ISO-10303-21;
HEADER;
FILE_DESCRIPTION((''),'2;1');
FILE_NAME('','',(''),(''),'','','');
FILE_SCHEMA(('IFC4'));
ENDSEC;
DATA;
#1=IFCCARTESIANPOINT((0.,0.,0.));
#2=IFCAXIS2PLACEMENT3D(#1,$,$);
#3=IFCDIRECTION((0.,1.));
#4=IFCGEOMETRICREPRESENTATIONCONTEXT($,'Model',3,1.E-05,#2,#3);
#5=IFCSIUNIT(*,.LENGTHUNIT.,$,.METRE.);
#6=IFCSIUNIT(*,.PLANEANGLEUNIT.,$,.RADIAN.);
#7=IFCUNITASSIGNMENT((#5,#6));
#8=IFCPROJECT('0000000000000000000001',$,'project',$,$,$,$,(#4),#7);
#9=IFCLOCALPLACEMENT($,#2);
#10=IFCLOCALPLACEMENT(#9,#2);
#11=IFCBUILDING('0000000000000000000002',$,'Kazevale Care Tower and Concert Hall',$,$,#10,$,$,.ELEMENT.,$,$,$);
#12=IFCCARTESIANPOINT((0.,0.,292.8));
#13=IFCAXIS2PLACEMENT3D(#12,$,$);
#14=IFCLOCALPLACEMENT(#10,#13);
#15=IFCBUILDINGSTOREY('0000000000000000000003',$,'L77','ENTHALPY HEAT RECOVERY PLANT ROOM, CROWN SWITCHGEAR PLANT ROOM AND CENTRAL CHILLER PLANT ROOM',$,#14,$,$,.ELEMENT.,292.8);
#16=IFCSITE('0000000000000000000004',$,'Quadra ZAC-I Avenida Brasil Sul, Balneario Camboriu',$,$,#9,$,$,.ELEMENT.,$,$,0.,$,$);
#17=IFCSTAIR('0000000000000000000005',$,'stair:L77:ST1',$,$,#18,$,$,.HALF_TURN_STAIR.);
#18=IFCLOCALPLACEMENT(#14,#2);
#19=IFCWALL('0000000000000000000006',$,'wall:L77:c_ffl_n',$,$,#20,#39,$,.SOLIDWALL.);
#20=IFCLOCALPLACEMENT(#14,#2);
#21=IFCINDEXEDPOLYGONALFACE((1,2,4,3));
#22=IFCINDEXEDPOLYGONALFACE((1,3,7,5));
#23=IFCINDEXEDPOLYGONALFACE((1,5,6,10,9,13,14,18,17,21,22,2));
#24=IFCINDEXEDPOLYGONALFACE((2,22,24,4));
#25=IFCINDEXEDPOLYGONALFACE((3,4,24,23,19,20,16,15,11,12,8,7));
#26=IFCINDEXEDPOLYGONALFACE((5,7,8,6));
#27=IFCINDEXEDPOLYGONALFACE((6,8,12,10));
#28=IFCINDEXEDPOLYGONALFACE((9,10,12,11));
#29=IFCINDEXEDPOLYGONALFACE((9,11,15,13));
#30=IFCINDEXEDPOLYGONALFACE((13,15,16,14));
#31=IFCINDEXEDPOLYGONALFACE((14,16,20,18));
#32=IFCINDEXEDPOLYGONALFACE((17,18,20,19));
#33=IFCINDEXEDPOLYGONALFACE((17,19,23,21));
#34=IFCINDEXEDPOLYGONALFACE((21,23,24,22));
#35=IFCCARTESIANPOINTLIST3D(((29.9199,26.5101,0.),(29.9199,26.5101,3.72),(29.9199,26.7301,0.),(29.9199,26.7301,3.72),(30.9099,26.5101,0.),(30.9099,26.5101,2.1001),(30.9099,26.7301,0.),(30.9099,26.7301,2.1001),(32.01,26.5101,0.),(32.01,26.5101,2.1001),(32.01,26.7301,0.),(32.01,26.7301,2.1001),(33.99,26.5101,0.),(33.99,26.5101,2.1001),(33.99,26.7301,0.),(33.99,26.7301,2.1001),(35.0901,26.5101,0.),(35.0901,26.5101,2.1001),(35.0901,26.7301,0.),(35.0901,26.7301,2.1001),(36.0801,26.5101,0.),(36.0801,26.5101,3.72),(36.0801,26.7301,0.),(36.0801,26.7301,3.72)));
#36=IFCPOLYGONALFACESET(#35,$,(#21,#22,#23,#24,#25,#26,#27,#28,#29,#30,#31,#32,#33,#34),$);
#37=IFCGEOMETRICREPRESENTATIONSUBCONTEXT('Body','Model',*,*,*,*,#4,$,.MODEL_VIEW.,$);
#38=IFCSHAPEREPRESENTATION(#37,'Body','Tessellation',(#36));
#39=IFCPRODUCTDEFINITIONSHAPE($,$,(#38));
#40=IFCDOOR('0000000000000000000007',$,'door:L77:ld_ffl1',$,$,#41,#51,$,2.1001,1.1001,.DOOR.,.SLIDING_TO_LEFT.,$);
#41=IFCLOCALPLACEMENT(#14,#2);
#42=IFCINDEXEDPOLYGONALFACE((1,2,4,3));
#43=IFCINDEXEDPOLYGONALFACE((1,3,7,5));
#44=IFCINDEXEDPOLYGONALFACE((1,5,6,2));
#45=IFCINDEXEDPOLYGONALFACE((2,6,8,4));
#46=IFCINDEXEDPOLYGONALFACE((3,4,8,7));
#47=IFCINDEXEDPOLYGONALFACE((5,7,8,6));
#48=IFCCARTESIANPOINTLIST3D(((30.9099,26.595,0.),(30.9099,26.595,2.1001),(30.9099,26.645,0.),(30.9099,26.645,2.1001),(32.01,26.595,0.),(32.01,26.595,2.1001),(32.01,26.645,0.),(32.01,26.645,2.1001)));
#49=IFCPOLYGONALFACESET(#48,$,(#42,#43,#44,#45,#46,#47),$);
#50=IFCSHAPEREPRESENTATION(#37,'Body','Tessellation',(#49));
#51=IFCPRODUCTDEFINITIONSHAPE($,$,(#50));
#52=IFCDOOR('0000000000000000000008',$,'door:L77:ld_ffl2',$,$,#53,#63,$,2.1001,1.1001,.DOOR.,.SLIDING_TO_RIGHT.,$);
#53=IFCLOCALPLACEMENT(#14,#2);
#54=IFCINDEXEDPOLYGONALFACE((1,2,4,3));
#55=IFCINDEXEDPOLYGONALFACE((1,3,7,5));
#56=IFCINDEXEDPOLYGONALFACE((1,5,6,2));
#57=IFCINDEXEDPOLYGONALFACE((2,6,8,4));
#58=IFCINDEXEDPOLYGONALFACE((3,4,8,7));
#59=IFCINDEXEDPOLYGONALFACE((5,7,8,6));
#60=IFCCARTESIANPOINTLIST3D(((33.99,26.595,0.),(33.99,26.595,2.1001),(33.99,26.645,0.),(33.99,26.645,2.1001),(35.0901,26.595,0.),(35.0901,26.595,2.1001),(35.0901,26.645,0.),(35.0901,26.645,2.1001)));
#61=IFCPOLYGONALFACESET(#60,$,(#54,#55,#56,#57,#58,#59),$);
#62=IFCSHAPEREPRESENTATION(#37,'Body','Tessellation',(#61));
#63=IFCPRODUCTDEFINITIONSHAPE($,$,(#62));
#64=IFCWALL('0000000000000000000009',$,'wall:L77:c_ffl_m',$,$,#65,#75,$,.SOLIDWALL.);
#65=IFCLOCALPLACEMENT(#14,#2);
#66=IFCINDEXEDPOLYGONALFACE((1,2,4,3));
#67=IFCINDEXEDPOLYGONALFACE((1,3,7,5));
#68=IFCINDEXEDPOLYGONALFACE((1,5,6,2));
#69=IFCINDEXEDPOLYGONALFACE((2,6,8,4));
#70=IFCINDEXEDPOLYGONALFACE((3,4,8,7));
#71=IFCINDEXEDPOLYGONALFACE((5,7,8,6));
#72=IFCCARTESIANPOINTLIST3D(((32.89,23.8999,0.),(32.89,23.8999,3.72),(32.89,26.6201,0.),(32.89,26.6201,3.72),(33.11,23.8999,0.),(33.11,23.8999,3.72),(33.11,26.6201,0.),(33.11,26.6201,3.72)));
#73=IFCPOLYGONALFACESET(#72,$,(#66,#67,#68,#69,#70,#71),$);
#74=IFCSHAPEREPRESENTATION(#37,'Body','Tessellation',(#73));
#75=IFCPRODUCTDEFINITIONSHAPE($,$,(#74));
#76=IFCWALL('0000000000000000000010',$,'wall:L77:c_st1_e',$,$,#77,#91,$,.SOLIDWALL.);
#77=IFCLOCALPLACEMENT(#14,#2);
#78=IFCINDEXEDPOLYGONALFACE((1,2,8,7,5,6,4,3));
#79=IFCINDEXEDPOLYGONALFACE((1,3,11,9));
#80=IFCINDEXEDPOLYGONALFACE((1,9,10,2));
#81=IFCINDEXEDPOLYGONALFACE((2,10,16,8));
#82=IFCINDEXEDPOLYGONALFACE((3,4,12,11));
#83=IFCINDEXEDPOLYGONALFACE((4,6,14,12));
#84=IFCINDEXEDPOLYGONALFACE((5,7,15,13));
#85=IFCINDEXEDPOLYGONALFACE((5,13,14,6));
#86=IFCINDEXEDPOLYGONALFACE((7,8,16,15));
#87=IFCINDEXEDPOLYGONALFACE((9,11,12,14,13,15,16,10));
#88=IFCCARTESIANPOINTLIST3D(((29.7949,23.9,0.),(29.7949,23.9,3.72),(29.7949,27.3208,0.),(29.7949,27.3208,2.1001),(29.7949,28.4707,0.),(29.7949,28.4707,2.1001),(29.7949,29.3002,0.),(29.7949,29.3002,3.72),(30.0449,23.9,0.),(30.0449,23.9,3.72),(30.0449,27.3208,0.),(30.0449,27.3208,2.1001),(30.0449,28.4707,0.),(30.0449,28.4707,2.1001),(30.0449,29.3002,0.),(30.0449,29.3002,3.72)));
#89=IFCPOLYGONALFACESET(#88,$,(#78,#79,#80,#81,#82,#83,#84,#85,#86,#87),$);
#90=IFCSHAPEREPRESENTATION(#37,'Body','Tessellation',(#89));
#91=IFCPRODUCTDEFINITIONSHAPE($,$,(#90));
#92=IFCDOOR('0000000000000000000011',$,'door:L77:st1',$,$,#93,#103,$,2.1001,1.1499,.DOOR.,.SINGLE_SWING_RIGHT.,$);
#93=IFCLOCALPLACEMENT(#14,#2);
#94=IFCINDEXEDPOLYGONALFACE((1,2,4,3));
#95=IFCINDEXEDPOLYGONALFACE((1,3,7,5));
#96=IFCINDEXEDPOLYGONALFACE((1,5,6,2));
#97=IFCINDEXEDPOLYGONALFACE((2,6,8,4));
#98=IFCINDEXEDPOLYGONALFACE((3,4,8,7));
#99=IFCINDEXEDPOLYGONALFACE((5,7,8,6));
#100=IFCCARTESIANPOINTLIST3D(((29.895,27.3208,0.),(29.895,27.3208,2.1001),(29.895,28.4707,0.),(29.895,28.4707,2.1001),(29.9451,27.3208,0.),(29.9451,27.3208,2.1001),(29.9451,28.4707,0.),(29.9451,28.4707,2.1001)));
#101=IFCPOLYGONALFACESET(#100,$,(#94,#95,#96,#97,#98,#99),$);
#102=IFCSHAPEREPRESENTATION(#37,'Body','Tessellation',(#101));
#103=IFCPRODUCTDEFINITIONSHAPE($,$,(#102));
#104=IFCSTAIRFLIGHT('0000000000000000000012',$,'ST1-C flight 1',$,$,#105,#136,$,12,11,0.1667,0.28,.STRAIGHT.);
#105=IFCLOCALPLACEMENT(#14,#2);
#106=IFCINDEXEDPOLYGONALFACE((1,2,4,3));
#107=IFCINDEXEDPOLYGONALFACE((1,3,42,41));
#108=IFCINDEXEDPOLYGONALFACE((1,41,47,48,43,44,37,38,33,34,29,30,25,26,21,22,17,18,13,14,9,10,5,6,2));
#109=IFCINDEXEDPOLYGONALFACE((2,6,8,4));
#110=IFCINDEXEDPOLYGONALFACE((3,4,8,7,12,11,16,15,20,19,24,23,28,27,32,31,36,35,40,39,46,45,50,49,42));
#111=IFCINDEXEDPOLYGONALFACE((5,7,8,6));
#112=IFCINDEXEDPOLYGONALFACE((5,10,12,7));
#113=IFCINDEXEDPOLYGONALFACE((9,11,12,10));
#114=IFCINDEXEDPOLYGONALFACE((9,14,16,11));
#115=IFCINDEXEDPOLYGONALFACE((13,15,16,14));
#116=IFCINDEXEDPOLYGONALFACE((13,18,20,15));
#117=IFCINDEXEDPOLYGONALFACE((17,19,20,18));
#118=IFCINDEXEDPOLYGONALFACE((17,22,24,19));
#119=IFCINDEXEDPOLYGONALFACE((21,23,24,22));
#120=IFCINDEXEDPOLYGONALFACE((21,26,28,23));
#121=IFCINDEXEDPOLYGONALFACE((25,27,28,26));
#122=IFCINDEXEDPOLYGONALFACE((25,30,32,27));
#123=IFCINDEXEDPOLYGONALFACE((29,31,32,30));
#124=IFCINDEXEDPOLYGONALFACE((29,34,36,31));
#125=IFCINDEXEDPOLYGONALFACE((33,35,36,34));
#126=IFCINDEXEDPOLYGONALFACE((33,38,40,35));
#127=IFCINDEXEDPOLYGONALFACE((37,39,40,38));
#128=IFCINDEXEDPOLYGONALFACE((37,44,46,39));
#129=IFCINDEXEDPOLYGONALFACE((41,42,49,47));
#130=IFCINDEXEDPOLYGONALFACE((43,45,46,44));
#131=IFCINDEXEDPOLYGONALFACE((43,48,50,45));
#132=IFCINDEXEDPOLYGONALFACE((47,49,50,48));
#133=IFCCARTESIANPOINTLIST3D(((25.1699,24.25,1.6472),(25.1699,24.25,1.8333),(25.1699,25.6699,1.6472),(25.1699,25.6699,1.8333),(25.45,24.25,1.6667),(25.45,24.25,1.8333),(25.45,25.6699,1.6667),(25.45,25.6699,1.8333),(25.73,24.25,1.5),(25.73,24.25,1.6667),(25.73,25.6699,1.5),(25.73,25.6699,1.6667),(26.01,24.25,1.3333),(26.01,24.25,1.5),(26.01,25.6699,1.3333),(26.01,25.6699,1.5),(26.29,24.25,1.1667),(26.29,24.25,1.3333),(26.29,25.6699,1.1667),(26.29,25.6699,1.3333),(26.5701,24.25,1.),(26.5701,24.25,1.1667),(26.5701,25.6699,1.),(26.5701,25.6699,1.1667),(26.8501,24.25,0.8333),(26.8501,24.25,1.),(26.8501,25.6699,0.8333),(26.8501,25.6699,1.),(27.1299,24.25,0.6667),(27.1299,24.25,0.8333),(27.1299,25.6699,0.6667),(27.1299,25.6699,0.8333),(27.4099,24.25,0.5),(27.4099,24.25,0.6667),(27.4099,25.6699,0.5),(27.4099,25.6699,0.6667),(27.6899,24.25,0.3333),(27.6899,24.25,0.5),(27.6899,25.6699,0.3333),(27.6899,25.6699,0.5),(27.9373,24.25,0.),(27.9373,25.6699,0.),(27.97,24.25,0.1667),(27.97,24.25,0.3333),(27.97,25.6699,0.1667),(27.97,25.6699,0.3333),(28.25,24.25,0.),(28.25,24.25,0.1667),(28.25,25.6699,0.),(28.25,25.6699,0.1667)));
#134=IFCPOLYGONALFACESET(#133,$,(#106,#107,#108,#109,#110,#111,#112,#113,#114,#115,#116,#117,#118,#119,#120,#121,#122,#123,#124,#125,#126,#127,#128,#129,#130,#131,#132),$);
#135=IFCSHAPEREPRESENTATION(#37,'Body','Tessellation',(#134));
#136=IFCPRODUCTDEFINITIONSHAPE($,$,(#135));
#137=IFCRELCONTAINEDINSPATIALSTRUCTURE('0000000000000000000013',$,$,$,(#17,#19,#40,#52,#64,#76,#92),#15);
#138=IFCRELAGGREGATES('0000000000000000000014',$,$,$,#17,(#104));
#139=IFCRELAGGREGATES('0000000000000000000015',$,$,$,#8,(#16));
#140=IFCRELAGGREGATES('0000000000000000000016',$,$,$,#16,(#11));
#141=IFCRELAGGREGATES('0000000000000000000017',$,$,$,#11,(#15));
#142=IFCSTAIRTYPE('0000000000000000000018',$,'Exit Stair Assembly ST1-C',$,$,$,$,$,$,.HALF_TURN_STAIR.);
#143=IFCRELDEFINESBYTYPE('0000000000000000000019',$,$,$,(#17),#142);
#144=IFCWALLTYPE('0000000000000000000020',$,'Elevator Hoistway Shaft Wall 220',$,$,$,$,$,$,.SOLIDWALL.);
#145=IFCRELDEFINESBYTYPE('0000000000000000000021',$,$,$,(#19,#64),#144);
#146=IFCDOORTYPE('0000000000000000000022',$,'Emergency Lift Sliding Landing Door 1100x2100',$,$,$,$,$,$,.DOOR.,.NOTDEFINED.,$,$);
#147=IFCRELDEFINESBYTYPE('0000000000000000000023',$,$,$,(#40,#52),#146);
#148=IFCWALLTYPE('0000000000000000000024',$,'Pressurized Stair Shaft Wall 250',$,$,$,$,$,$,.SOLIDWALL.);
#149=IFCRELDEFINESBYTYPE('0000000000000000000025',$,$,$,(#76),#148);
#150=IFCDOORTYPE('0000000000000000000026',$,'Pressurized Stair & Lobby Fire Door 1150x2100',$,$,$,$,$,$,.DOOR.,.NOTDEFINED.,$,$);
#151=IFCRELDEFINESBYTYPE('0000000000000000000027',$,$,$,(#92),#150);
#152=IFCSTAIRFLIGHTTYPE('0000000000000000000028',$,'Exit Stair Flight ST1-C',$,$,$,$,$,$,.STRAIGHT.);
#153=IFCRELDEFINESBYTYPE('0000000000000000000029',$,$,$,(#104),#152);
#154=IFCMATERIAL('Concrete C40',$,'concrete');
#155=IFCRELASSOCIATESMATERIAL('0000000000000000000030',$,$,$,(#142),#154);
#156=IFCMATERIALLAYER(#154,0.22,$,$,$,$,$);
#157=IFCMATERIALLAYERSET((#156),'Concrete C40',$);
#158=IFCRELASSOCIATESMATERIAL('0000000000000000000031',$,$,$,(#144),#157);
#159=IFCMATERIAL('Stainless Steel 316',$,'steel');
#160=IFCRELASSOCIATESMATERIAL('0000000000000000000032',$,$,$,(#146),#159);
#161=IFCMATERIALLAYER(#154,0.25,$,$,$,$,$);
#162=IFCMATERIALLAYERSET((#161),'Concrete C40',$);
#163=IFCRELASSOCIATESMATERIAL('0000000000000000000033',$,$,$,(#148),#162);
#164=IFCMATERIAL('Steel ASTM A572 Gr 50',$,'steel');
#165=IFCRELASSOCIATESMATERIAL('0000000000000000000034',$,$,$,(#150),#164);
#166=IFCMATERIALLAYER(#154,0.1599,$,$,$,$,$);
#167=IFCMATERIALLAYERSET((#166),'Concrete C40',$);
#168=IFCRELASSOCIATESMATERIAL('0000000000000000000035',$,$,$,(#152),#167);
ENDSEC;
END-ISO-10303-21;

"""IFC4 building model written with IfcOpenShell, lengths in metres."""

from ifc_helpers import new_model, si_unit, direction, frame, frame_2d, origin, place, context, subcontext, project, spatial, polyline, rectangle, outline, extrude, material, layer, layer_set, type_object, element, fill, aggregate, save


model = new_model("IFC4")

# Units and contexts
model_context = context("Model", 3, precision=1e-05, world=origin(), true_north=direction((0.0, 1.0)))
body_context = subcontext(model_context, "Body", "Model", "MODEL_VIEW")
ifc_project = project(units=[si_unit("LENGTHUNIT", "METRE"), si_unit("PLANEANGLEUNIT", "RADIAN")], contexts=[model_context])

# Site, building, storey
site_placement = place(None, origin())
site = spatial("IfcSite", under=ifc_project, at=site_placement, Name="Quadra ZAC-I Avenida Brasil Sul, Balneario Camboriu", CompositionType="ELEMENT", RefElevation=0.0)
building_placement = place(site_placement, origin())
building = spatial("IfcBuilding", under=site, at=building_placement, Name="Kazevale Care Tower and Concert Hall", CompositionType="ELEMENT")
storey_placement = place(building_placement, frame((0.0, 0.0, 292.8)))
storey = spatial("IfcBuildingStorey", under=building, at=storey_placement, Name="L77", Description="ENTHALPY HEAT RECOVERY PLANT ROOM, CROWN SWITCHGEAR PLANT ROOM AND CENTRAL CHILLER PLANT ROOM", CompositionType="ELEMENT", Elevation=292.8)

# Shared definitions
ifc_material_1 = material(Name="Steel ASTM A572 Gr 50", Category="steel")

# Shared definitions
ifc_material_2 = material(Name="Concrete C40", Category="concrete")

# Stair
stair_type = type_object("IfcStairType", Name="Exit Stair Assembly ST1-C", PredefinedType="HALF_TURN_STAIR", material=ifc_material_2)
stair_1_placement = place(storey_placement, origin())
stair_1 = element("IfcStair", 1, at=stair_1_placement, inside=storey, type_object=stair_type, Name="stair:L77:ST1", PredefinedType="HALF_TURN_STAIR")

# Wall, openings, doors
ifc_layer_1 = layer(ifc_material_2, 0.22)
ifc_layer_set_1 = layer_set([ifc_layer_1], Name="Concrete C40")
wall_type_1 = type_object("IfcWallType", Name="Elevator Hoistway Shaft Wall 220", PredefinedType="SOLIDWALL", material=ifc_layer_set_1)
wall_1_placement = place(storey_placement, frame((29.9199, 26.6201, 0.0), z_axis=(0.0, 0.0, 1.0), x_axis=(1.0, 0.0, 0.0)))
wall_1 = element("IfcWall", 2, at=wall_1_placement, inside=storey, type_object=wall_type_1, Name="wall:L77:c_ffl_n", PredefinedType="SOLIDWALL", context=body_context, shape_type="SweptSolid", body=[
    extrude(rectangle(XDim=6.1602, YDim=0.22, at=frame_2d((3.0801, 0.0))), origin(), (0.0, 0.0, 1.0), 3.72),
])
opening_1_placement = place(wall_1_placement, frame((0.99, 0.0, 0.0)))
opening_1 = element("IfcOpeningElement", 3, at=opening_1_placement, cuts=wall_1, PredefinedType="OPENING", context=body_context, shape_type="SweptSolid", body=[
    extrude(rectangle(XDim=1.1001, YDim=2.1001, at=frame_2d((0.55, 1.05))), frame((0.0, 0.1199, 0.0), z_axis=(0.0, -1.0, 0.0), x_axis=(1.0, 0.0, 0.0)), (0.0, 0.0, 1.0), 0.24),
])
opening_2_placement = place(wall_1_placement, frame((4.0701, 0.0, 0.0)))
opening_2 = element("IfcOpeningElement", 4, at=opening_2_placement, cuts=wall_1, PredefinedType="OPENING", context=body_context, shape_type="SweptSolid", body=[
    extrude(rectangle(XDim=1.1001, YDim=2.1001, at=frame_2d((0.55, 1.05))), frame((0.0, 0.1199, 0.0), z_axis=(0.0, -1.0, 0.0), x_axis=(1.0, 0.0, 0.0)), (0.0, 0.0, 1.0), 0.24),
])
ifc_material_3 = material(Name="Stainless Steel 316", Category="steel")
door_type_1 = type_object("IfcDoorType", Name="Emergency Lift Sliding Landing Door 1100x2100", OperationType="NOTDEFINED", PredefinedType="DOOR", material=ifc_material_3)
door_1_placement = place(opening_1_placement, origin())
door_1 = element("IfcDoor", 5, at=door_1_placement, inside=storey, type_object=door_type_1, Name="door:L77:ld_ffl1", OperationType="SLIDING_TO_LEFT", OverallHeight=2.1001, OverallWidth=1.1001, PredefinedType="DOOR", context=body_context, shape_type="SweptSolid", body=[
    extrude(rectangle(XDim=1.1001, YDim=2.1001, at=frame_2d((0.55, 1.05))), frame((0.0, 0.0249, 0.0), z_axis=(0.0, -1.0, 0.0), x_axis=(1.0, 0.0, 0.0)), (0.0, 0.0, 1.0), 0.05),
])
fill(opening_1, door_1)
door_2_placement = place(opening_2_placement, origin())
door_2 = element("IfcDoor", 6, at=door_2_placement, inside=storey, type_object=door_type_1, Name="door:L77:ld_ffl2", OperationType="SLIDING_TO_RIGHT", OverallHeight=2.1001, OverallWidth=1.1001, PredefinedType="DOOR", context=body_context, shape_type="SweptSolid", body=[
    extrude(rectangle(XDim=1.1001, YDim=2.1001, at=frame_2d((0.55, 1.05))), frame((0.0, 0.0249, 0.0), z_axis=(0.0, -1.0, 0.0), x_axis=(1.0, 0.0, 0.0)), (0.0, 0.0, 1.0), 0.05),
])
fill(opening_2, door_2)

# Wall
wall_2_placement = place(storey_placement, frame((33.0, 23.8999, 0.0), z_axis=(0.0, 0.0, 1.0), x_axis=(0.0, 1.0, 0.0)))
element("IfcWall", 7, at=wall_2_placement, inside=storey, type_object=wall_type_1, Name="wall:L77:c_ffl_m", PredefinedType="SOLIDWALL", context=body_context, shape_type="SweptSolid", body=[
    extrude(rectangle(XDim=2.7202, YDim=0.22, at=frame_2d((1.3601, 0.0))), origin(), (0.0, 0.0, 1.0), 3.72),
])

# Wall, opening, door
ifc_layer_2 = layer(ifc_material_2, 0.25)
ifc_layer_set_2 = layer_set([ifc_layer_2], Name="Concrete C40")
wall_type_2 = type_object("IfcWallType", Name="Pressurized Stair Shaft Wall 250", PredefinedType="SOLIDWALL", material=ifc_layer_set_2)
wall_3_placement = place(storey_placement, frame((29.9199, 23.8999, 0.0), z_axis=(0.0, 0.0, 1.0), x_axis=(0.0, 1.0, 0.0)))
wall_3 = element("IfcWall", 8, at=wall_3_placement, inside=storey, type_object=wall_type_2, Name="wall:L77:c_st1_e", PredefinedType="SOLIDWALL", context=body_context, shape_type="SweptSolid", body=[
    extrude(rectangle(XDim=5.4001, YDim=0.25, at=frame_2d((2.7002, 0.0))), origin(), (0.0, 0.0, 1.0), 3.72),
])
opening_3_placement = place(wall_3_placement, frame((3.4209, 0.0, 0.0)))
opening_3 = element("IfcOpeningElement", 9, at=opening_3_placement, cuts=wall_3, PredefinedType="OPENING", context=body_context, shape_type="SweptSolid", body=[
    extrude(rectangle(XDim=1.1499, YDim=2.1001, at=frame_2d((0.575, 1.05))), frame((0.0, 0.135, 0.0), z_axis=(0.0, -1.0, 0.0), x_axis=(1.0, 0.0, 0.0)), (0.0, 0.0, 1.0), 0.27),
])
door_type_2 = type_object("IfcDoorType", Name="Pressurized Stair & Lobby Fire Door 1150x2100", OperationType="NOTDEFINED", PredefinedType="DOOR", material=ifc_material_1)
door_3_placement = place(opening_3_placement, origin())
door_3 = element("IfcDoor", 10, at=door_3_placement, inside=storey, type_object=door_type_2, Name="door:L77:st1", OperationType="SINGLE_SWING_RIGHT", OverallHeight=2.1001, OverallWidth=1.1499, PredefinedType="DOOR", context=body_context, shape_type="SweptSolid", body=[
    extrude(rectangle(XDim=1.1499, YDim=2.1001, at=frame_2d((0.575, 1.05))), frame((0.0, 0.0249, 0.0), z_axis=(0.0, -1.0, 0.0), x_axis=(1.0, 0.0, 0.0)), (0.0, 0.0, 1.0), 0.05),
])
fill(opening_3, door_3)

# Stair flight
ifc_layer_3 = layer(ifc_material_2, 0.1599)
ifc_layer_set_3 = layer_set([ifc_layer_3], Name="Concrete C40")
stair_flight_type = type_object("IfcStairFlightType", Name="Exit Stair Flight ST1-C", PredefinedType="STRAIGHT", material=ifc_layer_set_3)
stair_flight_placement = place(storey_placement, frame((28.25, 24.96, 0.0), z_axis=(0.0, 0.0, 1.0), x_axis=(-1.0, 0.0, 0.0)))
stair_flight = element("IfcStairFlight", 11, at=stair_flight_placement, type_object=stair_flight_type, Name="ST1-C flight 1", NumberOfRisers=12, NumberOfTreads=11, PredefinedType="STRAIGHT", RiserHeight=0.1667, TreadLength=0.28, context=body_context, shape_type="SweptSolid", body=[
    extrude(outline(polyline([(0.0, 0.0), (0.0, 0.1667), (0.28, 0.1667), (0.28, 0.3333), (0.5601, 0.3333), (0.5601, 0.5), (0.8401, 0.5), (0.8401, 0.6667), (1.1201, 0.6667), (1.1201, 0.8333), (1.3999, 0.8333), (1.3999, 1.0), (1.6799, 1.0), (1.6799, 1.1667), (1.96, 1.1667), (1.96, 1.3333), (2.24, 1.3333), (2.24, 1.5), (2.52, 1.5), (2.52, 1.6667), (2.8, 1.6667), (2.8, 1.8333), (3.0801, 1.8333), (3.0801, 2.0), (3.0801, 1.6472), (0.3127, 0.0), (0.0, 0.0)])), frame((0.0, 0.71, 0.0), z_axis=(0.0, -1.0, 0.0), x_axis=(1.0, 0.0, 0.0)), (0.0, 0.0, 1.0), 1.4199),
])
aggregate(stair_1, [stair_flight])

save(model, "model.ifc")
